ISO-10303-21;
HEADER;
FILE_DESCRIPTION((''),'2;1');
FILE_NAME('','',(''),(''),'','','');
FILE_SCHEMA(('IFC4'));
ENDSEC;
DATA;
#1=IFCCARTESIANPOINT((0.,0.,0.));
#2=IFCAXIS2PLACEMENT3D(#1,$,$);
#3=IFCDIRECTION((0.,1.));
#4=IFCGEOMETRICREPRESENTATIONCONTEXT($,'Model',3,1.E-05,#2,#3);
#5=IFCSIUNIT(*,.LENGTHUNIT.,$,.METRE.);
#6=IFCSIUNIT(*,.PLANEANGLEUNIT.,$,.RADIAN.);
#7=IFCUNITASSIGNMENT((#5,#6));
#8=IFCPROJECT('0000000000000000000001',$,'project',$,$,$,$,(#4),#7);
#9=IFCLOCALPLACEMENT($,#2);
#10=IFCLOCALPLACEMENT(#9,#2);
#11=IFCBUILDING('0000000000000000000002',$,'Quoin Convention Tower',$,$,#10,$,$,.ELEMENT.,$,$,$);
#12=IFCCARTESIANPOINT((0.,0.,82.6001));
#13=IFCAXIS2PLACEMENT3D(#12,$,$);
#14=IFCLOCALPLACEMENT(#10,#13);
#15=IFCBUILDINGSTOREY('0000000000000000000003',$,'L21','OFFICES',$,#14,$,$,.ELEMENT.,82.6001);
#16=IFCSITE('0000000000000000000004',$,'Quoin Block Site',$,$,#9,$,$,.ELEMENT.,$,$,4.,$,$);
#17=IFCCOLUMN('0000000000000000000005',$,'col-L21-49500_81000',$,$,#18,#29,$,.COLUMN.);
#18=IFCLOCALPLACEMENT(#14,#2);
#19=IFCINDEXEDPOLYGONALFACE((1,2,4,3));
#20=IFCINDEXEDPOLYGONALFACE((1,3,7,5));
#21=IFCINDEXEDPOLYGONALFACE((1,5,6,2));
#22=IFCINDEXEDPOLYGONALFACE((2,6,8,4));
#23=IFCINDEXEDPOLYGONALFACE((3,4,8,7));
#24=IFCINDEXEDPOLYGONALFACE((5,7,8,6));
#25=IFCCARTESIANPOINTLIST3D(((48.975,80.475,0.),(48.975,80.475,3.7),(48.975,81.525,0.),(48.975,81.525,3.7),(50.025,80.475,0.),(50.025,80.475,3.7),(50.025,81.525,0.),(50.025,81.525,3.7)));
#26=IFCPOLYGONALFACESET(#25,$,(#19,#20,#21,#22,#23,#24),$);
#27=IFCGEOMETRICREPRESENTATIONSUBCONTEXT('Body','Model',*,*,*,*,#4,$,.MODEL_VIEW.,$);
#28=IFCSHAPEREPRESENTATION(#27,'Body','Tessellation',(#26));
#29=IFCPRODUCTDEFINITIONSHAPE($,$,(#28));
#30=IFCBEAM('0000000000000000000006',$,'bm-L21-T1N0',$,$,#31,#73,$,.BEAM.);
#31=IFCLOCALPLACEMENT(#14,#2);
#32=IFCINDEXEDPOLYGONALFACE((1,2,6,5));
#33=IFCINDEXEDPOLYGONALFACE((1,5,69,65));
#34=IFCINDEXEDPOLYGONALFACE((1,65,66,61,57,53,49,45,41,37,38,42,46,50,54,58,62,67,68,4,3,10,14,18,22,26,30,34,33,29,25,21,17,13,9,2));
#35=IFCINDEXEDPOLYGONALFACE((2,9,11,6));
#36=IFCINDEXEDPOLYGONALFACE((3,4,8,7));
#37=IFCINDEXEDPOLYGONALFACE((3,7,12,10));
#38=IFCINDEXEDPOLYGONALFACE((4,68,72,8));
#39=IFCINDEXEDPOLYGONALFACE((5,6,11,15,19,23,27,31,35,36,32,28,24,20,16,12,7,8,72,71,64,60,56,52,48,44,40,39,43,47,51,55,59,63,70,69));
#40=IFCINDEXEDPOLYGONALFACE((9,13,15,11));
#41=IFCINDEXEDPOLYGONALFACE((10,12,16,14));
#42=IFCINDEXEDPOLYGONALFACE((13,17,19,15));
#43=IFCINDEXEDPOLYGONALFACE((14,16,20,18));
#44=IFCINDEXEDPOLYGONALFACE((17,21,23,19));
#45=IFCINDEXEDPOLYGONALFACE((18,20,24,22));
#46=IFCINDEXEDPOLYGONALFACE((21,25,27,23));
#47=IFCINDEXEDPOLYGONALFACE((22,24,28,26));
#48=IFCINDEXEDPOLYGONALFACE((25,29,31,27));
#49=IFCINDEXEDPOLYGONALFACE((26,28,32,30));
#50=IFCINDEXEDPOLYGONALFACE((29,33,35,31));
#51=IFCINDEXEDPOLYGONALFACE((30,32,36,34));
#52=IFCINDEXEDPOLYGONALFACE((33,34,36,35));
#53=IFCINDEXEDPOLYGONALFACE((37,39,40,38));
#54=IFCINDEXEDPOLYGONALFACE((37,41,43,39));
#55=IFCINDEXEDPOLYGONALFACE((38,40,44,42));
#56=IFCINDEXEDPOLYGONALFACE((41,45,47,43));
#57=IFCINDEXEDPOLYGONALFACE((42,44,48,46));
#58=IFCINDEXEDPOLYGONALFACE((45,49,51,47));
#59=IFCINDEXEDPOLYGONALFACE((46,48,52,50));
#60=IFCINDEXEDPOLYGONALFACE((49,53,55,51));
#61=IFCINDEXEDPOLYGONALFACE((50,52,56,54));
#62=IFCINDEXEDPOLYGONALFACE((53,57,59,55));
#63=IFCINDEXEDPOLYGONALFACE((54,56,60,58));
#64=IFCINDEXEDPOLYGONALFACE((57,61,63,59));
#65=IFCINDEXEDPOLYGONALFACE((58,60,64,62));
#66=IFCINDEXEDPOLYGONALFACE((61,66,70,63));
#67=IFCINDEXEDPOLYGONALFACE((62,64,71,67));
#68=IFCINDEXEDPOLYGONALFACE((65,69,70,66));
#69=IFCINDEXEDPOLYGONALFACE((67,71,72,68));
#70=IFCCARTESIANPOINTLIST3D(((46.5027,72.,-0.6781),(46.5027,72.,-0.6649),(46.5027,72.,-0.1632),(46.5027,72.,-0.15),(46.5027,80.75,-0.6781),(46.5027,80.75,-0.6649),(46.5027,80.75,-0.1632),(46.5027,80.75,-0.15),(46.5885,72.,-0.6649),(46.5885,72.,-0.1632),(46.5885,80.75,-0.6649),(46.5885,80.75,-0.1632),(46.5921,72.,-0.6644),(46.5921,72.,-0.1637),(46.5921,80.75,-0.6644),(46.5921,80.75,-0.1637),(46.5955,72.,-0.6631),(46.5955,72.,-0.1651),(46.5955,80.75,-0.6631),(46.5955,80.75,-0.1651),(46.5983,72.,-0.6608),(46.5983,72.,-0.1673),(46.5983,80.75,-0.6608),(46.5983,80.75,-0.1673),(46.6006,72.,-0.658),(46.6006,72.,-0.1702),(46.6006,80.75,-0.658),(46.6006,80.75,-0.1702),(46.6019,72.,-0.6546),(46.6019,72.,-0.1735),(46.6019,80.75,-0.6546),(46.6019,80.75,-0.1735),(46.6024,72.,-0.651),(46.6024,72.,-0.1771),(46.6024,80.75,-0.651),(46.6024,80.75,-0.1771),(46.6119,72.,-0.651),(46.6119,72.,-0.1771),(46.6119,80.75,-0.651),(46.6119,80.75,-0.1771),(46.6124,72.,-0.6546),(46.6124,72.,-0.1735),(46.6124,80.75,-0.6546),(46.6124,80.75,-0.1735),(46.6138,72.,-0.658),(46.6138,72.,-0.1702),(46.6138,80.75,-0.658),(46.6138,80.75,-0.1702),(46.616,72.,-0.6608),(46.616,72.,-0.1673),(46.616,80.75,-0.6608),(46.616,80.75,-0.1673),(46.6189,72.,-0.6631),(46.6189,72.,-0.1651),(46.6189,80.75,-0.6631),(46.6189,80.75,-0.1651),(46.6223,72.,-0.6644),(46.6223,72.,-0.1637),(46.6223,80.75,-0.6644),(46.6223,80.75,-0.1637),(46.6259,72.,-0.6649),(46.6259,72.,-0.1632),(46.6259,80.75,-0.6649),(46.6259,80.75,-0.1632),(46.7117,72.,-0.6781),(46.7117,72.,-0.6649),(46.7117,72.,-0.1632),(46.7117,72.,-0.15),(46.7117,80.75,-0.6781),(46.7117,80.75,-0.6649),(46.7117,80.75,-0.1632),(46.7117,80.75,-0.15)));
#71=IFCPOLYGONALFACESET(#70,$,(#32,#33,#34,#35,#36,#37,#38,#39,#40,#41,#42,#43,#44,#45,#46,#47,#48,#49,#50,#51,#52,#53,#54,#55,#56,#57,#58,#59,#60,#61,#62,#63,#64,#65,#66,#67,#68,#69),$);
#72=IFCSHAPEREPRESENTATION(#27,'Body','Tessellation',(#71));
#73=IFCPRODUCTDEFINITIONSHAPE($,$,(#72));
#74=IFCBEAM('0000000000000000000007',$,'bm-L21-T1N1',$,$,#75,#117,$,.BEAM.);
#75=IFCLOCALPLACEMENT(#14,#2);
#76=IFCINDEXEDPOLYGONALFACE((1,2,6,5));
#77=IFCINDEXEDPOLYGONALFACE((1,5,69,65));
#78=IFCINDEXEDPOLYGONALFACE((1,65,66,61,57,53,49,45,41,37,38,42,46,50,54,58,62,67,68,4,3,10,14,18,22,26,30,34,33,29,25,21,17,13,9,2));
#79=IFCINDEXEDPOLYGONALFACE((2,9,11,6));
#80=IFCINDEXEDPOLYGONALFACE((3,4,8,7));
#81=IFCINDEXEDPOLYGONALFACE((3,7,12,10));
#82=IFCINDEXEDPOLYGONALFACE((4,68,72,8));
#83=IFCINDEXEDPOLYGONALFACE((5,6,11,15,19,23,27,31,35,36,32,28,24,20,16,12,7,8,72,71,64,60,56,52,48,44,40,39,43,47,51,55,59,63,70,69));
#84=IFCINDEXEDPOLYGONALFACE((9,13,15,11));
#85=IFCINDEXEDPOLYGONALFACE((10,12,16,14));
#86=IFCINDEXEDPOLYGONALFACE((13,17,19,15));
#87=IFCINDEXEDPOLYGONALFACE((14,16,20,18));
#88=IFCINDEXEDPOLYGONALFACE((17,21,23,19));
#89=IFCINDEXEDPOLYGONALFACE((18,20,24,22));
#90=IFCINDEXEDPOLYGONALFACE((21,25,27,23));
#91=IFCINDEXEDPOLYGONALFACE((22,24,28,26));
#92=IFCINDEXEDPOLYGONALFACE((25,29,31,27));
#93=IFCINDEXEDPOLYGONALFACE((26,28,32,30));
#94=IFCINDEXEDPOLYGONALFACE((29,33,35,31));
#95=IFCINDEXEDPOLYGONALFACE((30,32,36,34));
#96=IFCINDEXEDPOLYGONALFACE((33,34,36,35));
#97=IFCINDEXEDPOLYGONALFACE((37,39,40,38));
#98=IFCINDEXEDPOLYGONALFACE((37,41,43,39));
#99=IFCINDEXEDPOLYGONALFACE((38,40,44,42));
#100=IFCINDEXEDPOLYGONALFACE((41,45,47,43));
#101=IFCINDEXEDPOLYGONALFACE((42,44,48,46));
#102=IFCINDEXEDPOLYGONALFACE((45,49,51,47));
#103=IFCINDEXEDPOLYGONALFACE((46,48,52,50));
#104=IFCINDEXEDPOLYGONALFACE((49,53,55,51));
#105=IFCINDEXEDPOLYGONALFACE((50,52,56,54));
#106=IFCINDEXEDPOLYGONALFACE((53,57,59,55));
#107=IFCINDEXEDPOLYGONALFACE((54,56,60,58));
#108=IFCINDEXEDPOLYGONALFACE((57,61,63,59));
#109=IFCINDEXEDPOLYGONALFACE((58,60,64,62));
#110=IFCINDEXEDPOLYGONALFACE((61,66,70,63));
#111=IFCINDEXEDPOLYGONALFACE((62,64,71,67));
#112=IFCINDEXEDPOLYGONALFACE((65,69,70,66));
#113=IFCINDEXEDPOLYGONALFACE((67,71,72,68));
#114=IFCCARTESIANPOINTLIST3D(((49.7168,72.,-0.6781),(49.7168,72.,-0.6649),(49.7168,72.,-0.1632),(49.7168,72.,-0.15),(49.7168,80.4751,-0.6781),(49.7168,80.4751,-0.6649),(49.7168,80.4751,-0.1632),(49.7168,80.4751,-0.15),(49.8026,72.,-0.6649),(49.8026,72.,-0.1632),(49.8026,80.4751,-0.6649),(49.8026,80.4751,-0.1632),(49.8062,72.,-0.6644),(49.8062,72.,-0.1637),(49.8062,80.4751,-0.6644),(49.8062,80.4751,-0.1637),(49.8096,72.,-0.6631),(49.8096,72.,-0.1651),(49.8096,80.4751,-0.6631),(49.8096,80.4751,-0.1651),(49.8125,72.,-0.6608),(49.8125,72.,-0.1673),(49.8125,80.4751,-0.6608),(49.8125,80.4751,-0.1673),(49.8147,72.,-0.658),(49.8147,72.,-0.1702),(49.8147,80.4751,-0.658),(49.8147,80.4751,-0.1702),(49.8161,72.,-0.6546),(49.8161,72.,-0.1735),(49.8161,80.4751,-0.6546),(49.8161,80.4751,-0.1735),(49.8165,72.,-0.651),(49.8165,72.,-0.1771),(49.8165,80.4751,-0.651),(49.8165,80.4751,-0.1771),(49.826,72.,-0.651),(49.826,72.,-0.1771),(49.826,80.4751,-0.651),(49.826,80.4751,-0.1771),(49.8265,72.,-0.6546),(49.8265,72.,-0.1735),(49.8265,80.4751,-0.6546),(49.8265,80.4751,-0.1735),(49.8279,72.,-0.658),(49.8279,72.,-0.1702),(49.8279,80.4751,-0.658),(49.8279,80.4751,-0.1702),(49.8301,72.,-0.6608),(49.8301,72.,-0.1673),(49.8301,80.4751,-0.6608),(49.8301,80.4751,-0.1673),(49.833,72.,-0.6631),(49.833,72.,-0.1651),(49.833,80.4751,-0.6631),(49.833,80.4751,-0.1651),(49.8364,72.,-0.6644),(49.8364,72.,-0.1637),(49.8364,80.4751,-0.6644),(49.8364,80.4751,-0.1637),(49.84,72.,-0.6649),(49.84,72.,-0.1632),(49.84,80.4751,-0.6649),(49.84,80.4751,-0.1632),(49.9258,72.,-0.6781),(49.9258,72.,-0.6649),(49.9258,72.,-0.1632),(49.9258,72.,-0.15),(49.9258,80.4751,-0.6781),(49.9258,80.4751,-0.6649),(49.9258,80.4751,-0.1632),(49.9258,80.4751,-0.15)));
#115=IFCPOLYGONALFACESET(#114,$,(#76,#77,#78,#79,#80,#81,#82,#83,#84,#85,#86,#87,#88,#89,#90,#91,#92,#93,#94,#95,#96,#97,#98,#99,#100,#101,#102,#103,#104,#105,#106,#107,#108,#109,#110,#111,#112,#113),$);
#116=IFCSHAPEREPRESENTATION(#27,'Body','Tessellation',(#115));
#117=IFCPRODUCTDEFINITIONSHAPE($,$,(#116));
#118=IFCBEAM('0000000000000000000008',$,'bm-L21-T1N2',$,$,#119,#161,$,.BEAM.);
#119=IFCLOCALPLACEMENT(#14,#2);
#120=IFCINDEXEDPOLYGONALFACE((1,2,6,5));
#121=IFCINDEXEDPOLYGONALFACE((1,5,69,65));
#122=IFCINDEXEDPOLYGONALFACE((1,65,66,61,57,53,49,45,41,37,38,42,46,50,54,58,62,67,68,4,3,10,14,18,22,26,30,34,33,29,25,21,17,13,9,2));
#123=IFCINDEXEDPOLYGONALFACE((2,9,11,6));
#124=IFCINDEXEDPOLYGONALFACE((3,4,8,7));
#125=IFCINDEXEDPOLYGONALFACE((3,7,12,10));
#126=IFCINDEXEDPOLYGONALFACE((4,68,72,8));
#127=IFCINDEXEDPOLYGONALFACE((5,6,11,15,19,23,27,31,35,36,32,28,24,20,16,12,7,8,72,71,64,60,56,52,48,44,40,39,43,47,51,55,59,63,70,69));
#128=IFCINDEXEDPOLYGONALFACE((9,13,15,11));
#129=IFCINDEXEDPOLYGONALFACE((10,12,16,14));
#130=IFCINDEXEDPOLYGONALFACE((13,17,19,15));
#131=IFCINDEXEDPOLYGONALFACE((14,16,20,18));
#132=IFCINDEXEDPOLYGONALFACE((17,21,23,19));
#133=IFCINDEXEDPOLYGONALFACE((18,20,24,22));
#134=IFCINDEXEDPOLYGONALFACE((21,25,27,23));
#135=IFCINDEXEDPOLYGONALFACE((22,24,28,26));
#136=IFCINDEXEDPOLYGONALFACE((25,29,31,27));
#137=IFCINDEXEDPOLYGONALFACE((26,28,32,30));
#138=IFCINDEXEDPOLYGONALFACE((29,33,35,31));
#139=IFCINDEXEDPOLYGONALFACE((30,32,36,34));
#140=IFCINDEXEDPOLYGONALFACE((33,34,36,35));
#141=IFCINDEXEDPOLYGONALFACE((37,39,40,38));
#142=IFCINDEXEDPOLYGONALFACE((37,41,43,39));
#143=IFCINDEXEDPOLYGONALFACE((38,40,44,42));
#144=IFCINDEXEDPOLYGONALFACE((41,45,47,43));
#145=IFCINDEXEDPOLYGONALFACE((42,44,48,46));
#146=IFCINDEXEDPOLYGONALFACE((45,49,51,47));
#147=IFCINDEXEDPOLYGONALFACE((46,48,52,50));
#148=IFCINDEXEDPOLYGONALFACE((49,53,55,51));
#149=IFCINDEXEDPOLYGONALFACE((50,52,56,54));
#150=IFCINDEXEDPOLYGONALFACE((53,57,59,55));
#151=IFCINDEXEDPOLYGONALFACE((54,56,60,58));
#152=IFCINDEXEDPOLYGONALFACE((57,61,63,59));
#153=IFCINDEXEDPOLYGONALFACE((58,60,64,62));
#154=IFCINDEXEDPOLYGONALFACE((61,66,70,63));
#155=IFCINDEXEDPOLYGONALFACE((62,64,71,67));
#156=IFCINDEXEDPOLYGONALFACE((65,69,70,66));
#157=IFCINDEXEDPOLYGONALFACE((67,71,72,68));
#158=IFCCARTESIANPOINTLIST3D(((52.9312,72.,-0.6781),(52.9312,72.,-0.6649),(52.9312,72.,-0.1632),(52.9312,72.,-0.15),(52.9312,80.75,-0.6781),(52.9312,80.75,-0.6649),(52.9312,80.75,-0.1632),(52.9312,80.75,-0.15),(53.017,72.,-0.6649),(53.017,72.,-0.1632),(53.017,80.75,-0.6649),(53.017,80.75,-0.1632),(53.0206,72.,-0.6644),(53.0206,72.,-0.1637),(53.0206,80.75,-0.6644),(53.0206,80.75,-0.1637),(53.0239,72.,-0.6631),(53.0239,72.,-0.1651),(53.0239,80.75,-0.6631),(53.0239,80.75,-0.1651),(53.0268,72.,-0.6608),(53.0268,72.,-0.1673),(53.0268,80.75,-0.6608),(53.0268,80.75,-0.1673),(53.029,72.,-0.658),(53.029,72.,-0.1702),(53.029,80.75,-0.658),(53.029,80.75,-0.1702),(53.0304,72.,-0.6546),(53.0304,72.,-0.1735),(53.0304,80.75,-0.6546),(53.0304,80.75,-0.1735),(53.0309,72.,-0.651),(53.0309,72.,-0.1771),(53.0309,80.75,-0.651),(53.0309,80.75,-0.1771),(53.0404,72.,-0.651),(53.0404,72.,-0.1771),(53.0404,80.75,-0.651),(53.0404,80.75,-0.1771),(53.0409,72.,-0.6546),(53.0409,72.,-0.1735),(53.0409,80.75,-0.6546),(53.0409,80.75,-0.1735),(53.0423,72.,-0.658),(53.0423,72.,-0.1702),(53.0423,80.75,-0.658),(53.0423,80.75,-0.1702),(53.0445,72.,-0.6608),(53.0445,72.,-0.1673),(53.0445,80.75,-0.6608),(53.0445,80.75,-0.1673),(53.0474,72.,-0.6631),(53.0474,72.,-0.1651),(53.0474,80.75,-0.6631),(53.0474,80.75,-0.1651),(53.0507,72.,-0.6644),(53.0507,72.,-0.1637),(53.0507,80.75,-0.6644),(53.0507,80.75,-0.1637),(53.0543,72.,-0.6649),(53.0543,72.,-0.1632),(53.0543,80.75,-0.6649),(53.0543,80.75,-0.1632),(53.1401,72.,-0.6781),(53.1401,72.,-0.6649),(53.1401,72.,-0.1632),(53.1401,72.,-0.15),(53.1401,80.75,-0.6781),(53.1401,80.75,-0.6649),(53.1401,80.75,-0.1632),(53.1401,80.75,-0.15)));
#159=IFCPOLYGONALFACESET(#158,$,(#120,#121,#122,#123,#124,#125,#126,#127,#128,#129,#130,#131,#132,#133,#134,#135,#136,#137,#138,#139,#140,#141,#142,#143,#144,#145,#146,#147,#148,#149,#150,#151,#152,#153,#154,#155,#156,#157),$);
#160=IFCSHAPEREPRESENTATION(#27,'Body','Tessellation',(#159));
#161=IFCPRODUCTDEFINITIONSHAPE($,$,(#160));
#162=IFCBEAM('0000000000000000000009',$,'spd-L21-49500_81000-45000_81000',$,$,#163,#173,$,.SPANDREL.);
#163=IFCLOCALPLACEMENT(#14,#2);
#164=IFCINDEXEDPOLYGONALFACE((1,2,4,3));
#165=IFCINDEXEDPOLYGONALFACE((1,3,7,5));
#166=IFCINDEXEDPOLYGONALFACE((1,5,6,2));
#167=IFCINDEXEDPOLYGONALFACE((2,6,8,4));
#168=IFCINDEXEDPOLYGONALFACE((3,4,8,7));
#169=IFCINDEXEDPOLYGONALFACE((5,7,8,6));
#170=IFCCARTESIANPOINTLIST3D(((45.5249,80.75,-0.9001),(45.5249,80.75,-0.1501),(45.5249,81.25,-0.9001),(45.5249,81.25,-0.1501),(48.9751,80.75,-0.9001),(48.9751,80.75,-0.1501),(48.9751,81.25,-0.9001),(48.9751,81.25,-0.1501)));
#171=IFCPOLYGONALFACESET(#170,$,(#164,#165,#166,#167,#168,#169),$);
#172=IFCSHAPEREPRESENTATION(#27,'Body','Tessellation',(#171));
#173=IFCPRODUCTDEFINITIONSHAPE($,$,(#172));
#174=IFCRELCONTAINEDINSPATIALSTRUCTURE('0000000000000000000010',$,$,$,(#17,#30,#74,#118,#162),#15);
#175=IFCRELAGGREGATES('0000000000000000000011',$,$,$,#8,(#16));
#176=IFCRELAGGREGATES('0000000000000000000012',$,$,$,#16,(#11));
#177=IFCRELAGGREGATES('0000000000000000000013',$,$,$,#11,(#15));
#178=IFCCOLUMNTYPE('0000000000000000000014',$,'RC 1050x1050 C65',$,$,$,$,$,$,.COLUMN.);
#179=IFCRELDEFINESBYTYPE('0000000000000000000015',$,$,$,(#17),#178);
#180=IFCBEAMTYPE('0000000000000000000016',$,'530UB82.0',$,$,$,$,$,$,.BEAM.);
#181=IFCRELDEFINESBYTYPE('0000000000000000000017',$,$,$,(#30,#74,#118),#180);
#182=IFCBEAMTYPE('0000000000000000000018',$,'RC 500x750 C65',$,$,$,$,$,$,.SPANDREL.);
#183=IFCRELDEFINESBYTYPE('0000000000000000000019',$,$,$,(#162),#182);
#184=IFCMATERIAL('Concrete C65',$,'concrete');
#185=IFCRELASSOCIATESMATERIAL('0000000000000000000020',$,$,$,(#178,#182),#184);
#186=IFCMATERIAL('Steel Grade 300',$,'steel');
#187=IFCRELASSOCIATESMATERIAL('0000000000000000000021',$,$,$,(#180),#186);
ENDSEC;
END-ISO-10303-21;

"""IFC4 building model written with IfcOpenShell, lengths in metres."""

from ifc_helpers import new_model, si_unit, direction, frame, origin, origin_2d, place, context, subcontext, project, spatial, rectangle, i_section, extrude, material, material_profile, profile_set, type_object, element, save


model = new_model("IFC4")

# Units and contexts
model_context = context("Model", 3, precision=1e-05, world=origin(), true_north=direction((0.0, 1.0)))
body_context = subcontext(model_context, "Body", "Model", "MODEL_VIEW")
ifc_project = project(units=[si_unit("LENGTHUNIT", "METRE"), si_unit("PLANEANGLEUNIT", "RADIAN")], contexts=[model_context])

# Site, building, storey
site_placement = place(None, origin())
site = spatial("IfcSite", under=ifc_project, at=site_placement, Name="Quoin Block Site", CompositionType="ELEMENT", RefElevation=4.0)
building_placement = place(site_placement, origin())
building = spatial("IfcBuilding", under=site, at=building_placement, Name="Quoin Convention Tower", CompositionType="ELEMENT")
storey_placement = place(building_placement, frame((0.0, 0.0, 82.6001)))
storey = spatial("IfcBuildingStorey", under=building, at=storey_placement, Name="L21", Description="OFFICES", CompositionType="ELEMENT", Elevation=82.6001)

# Column
ifc_material_1 = material(Name="Concrete C65", Category="concrete")
ifc_material_profile_1 = material_profile(ifc_material_1, rectangle(XDim=1.05, YDim=1.05, at=origin_2d()), Name="RC 1050x1050")
ifc_profile_set_1 = profile_set([ifc_material_profile_1], Name="Concrete C65")
column_type = type_object("IfcColumnType", Name="RC 1050x1050 C65", PredefinedType="COLUMN", material=ifc_profile_set_1)
column_placement = place(storey_placement, frame((49.5, 81.0, 0.0), z_axis=(0.0, 0.0, 1.0), x_axis=(1.0, 0.0, 0.0)))
element("IfcColumn", 1, at=column_placement, inside=storey, type_object=column_type, Name="col-L21-49500_81000", PredefinedType="COLUMN", context=body_context, shape_type="SweptSolid", body=[
    extrude(rectangle(XDim=1.05, YDim=1.05, at=origin_2d()), origin(), (0.0, 0.0, 1.0), 3.7),
])

# Beams
ifc_material_2 = material(Name="Steel Grade 300", Category="steel")
ifc_material_profile_2 = material_profile(ifc_material_2, i_section(OverallWidth=0.209, OverallDepth=0.5281, WebThickness=0.0095, FlangeThickness=0.0132, FilletRadius=0.0139, at=origin_2d()), Name="530UB82.0")
ifc_profile_set_2 = profile_set([ifc_material_profile_2], Name="Steel Grade 300")
beam_type_1 = type_object("IfcBeamType", Name="530UB82.0", PredefinedType="BEAM", material=ifc_profile_set_2)
beam_1_placement = place(storey_placement, frame((46.6072, 72.0, -0.4141), z_axis=(0.0, 1.0, 0.0), x_axis=(-1.0, 0.0, 0.0)))
element("IfcBeam", 2, at=beam_1_placement, inside=storey, type_object=beam_type_1, Name="bm-L21-T1N0", PredefinedType="BEAM", context=body_context, shape_type="SweptSolid", body=[
    extrude(i_section(OverallWidth=0.209, OverallDepth=0.5281, WebThickness=0.0095, FlangeThickness=0.0132, FilletRadius=0.0139, at=origin_2d()), origin(), (0.0, 0.0, 1.0), 8.75),
])
beam_2_placement = place(storey_placement, frame((49.8213, 72.0, -0.4141), z_axis=(0.0, 1.0, 0.0), x_axis=(-1.0, 0.0, 0.0)))
element("IfcBeam", 3, at=beam_2_placement, inside=storey, type_object=beam_type_1, Name="bm-L21-T1N1", PredefinedType="BEAM", context=body_context, shape_type="SweptSolid", body=[
    extrude(i_section(OverallWidth=0.209, OverallDepth=0.5281, WebThickness=0.0095, FlangeThickness=0.0132, FilletRadius=0.0139, at=origin_2d()), origin(), (0.0, 0.0, 1.0), 8.4751),
])
beam_3_placement = place(storey_placement, frame((53.0356, 72.0, -0.4141), z_axis=(0.0, 1.0, 0.0), x_axis=(-1.0, 0.0, 0.0)))
element("IfcBeam", 4, at=beam_3_placement, inside=storey, type_object=beam_type_1, Name="bm-L21-T1N2", PredefinedType="BEAM", context=body_context, shape_type="SweptSolid", body=[
    extrude(i_section(OverallWidth=0.209, OverallDepth=0.5281, WebThickness=0.0095, FlangeThickness=0.0132, FilletRadius=0.0139, at=origin_2d()), origin(), (0.0, 0.0, 1.0), 8.75),
])
ifc_material_profile_3 = material_profile(ifc_material_1, rectangle(XDim=0.5, YDim=0.75, at=origin_2d()), Name="RC 500x750")
ifc_profile_set_3 = profile_set([ifc_material_profile_3], Name="Concrete C65")
beam_type_2 = type_object("IfcBeamType", Name="RC 500x750 C65", PredefinedType="SPANDREL", material=ifc_profile_set_3)
beam_4_placement = place(storey_placement, frame((48.9751, 81.0, -0.5251), z_axis=(-1.0, 0.0, 0.0), x_axis=(0.0, -1.0, 0.0)))
element("IfcBeam", 5, at=beam_4_placement, inside=storey, type_object=beam_type_2, Name="spd-L21-49500_81000-45000_81000", PredefinedType="SPANDREL", context=body_context, shape_type="SweptSolid", body=[
    extrude(rectangle(XDim=0.5, YDim=0.75, at=origin_2d()), origin(), (0.0, 0.0, 1.0), 3.4502),
])

save(model, "model.ifc")
